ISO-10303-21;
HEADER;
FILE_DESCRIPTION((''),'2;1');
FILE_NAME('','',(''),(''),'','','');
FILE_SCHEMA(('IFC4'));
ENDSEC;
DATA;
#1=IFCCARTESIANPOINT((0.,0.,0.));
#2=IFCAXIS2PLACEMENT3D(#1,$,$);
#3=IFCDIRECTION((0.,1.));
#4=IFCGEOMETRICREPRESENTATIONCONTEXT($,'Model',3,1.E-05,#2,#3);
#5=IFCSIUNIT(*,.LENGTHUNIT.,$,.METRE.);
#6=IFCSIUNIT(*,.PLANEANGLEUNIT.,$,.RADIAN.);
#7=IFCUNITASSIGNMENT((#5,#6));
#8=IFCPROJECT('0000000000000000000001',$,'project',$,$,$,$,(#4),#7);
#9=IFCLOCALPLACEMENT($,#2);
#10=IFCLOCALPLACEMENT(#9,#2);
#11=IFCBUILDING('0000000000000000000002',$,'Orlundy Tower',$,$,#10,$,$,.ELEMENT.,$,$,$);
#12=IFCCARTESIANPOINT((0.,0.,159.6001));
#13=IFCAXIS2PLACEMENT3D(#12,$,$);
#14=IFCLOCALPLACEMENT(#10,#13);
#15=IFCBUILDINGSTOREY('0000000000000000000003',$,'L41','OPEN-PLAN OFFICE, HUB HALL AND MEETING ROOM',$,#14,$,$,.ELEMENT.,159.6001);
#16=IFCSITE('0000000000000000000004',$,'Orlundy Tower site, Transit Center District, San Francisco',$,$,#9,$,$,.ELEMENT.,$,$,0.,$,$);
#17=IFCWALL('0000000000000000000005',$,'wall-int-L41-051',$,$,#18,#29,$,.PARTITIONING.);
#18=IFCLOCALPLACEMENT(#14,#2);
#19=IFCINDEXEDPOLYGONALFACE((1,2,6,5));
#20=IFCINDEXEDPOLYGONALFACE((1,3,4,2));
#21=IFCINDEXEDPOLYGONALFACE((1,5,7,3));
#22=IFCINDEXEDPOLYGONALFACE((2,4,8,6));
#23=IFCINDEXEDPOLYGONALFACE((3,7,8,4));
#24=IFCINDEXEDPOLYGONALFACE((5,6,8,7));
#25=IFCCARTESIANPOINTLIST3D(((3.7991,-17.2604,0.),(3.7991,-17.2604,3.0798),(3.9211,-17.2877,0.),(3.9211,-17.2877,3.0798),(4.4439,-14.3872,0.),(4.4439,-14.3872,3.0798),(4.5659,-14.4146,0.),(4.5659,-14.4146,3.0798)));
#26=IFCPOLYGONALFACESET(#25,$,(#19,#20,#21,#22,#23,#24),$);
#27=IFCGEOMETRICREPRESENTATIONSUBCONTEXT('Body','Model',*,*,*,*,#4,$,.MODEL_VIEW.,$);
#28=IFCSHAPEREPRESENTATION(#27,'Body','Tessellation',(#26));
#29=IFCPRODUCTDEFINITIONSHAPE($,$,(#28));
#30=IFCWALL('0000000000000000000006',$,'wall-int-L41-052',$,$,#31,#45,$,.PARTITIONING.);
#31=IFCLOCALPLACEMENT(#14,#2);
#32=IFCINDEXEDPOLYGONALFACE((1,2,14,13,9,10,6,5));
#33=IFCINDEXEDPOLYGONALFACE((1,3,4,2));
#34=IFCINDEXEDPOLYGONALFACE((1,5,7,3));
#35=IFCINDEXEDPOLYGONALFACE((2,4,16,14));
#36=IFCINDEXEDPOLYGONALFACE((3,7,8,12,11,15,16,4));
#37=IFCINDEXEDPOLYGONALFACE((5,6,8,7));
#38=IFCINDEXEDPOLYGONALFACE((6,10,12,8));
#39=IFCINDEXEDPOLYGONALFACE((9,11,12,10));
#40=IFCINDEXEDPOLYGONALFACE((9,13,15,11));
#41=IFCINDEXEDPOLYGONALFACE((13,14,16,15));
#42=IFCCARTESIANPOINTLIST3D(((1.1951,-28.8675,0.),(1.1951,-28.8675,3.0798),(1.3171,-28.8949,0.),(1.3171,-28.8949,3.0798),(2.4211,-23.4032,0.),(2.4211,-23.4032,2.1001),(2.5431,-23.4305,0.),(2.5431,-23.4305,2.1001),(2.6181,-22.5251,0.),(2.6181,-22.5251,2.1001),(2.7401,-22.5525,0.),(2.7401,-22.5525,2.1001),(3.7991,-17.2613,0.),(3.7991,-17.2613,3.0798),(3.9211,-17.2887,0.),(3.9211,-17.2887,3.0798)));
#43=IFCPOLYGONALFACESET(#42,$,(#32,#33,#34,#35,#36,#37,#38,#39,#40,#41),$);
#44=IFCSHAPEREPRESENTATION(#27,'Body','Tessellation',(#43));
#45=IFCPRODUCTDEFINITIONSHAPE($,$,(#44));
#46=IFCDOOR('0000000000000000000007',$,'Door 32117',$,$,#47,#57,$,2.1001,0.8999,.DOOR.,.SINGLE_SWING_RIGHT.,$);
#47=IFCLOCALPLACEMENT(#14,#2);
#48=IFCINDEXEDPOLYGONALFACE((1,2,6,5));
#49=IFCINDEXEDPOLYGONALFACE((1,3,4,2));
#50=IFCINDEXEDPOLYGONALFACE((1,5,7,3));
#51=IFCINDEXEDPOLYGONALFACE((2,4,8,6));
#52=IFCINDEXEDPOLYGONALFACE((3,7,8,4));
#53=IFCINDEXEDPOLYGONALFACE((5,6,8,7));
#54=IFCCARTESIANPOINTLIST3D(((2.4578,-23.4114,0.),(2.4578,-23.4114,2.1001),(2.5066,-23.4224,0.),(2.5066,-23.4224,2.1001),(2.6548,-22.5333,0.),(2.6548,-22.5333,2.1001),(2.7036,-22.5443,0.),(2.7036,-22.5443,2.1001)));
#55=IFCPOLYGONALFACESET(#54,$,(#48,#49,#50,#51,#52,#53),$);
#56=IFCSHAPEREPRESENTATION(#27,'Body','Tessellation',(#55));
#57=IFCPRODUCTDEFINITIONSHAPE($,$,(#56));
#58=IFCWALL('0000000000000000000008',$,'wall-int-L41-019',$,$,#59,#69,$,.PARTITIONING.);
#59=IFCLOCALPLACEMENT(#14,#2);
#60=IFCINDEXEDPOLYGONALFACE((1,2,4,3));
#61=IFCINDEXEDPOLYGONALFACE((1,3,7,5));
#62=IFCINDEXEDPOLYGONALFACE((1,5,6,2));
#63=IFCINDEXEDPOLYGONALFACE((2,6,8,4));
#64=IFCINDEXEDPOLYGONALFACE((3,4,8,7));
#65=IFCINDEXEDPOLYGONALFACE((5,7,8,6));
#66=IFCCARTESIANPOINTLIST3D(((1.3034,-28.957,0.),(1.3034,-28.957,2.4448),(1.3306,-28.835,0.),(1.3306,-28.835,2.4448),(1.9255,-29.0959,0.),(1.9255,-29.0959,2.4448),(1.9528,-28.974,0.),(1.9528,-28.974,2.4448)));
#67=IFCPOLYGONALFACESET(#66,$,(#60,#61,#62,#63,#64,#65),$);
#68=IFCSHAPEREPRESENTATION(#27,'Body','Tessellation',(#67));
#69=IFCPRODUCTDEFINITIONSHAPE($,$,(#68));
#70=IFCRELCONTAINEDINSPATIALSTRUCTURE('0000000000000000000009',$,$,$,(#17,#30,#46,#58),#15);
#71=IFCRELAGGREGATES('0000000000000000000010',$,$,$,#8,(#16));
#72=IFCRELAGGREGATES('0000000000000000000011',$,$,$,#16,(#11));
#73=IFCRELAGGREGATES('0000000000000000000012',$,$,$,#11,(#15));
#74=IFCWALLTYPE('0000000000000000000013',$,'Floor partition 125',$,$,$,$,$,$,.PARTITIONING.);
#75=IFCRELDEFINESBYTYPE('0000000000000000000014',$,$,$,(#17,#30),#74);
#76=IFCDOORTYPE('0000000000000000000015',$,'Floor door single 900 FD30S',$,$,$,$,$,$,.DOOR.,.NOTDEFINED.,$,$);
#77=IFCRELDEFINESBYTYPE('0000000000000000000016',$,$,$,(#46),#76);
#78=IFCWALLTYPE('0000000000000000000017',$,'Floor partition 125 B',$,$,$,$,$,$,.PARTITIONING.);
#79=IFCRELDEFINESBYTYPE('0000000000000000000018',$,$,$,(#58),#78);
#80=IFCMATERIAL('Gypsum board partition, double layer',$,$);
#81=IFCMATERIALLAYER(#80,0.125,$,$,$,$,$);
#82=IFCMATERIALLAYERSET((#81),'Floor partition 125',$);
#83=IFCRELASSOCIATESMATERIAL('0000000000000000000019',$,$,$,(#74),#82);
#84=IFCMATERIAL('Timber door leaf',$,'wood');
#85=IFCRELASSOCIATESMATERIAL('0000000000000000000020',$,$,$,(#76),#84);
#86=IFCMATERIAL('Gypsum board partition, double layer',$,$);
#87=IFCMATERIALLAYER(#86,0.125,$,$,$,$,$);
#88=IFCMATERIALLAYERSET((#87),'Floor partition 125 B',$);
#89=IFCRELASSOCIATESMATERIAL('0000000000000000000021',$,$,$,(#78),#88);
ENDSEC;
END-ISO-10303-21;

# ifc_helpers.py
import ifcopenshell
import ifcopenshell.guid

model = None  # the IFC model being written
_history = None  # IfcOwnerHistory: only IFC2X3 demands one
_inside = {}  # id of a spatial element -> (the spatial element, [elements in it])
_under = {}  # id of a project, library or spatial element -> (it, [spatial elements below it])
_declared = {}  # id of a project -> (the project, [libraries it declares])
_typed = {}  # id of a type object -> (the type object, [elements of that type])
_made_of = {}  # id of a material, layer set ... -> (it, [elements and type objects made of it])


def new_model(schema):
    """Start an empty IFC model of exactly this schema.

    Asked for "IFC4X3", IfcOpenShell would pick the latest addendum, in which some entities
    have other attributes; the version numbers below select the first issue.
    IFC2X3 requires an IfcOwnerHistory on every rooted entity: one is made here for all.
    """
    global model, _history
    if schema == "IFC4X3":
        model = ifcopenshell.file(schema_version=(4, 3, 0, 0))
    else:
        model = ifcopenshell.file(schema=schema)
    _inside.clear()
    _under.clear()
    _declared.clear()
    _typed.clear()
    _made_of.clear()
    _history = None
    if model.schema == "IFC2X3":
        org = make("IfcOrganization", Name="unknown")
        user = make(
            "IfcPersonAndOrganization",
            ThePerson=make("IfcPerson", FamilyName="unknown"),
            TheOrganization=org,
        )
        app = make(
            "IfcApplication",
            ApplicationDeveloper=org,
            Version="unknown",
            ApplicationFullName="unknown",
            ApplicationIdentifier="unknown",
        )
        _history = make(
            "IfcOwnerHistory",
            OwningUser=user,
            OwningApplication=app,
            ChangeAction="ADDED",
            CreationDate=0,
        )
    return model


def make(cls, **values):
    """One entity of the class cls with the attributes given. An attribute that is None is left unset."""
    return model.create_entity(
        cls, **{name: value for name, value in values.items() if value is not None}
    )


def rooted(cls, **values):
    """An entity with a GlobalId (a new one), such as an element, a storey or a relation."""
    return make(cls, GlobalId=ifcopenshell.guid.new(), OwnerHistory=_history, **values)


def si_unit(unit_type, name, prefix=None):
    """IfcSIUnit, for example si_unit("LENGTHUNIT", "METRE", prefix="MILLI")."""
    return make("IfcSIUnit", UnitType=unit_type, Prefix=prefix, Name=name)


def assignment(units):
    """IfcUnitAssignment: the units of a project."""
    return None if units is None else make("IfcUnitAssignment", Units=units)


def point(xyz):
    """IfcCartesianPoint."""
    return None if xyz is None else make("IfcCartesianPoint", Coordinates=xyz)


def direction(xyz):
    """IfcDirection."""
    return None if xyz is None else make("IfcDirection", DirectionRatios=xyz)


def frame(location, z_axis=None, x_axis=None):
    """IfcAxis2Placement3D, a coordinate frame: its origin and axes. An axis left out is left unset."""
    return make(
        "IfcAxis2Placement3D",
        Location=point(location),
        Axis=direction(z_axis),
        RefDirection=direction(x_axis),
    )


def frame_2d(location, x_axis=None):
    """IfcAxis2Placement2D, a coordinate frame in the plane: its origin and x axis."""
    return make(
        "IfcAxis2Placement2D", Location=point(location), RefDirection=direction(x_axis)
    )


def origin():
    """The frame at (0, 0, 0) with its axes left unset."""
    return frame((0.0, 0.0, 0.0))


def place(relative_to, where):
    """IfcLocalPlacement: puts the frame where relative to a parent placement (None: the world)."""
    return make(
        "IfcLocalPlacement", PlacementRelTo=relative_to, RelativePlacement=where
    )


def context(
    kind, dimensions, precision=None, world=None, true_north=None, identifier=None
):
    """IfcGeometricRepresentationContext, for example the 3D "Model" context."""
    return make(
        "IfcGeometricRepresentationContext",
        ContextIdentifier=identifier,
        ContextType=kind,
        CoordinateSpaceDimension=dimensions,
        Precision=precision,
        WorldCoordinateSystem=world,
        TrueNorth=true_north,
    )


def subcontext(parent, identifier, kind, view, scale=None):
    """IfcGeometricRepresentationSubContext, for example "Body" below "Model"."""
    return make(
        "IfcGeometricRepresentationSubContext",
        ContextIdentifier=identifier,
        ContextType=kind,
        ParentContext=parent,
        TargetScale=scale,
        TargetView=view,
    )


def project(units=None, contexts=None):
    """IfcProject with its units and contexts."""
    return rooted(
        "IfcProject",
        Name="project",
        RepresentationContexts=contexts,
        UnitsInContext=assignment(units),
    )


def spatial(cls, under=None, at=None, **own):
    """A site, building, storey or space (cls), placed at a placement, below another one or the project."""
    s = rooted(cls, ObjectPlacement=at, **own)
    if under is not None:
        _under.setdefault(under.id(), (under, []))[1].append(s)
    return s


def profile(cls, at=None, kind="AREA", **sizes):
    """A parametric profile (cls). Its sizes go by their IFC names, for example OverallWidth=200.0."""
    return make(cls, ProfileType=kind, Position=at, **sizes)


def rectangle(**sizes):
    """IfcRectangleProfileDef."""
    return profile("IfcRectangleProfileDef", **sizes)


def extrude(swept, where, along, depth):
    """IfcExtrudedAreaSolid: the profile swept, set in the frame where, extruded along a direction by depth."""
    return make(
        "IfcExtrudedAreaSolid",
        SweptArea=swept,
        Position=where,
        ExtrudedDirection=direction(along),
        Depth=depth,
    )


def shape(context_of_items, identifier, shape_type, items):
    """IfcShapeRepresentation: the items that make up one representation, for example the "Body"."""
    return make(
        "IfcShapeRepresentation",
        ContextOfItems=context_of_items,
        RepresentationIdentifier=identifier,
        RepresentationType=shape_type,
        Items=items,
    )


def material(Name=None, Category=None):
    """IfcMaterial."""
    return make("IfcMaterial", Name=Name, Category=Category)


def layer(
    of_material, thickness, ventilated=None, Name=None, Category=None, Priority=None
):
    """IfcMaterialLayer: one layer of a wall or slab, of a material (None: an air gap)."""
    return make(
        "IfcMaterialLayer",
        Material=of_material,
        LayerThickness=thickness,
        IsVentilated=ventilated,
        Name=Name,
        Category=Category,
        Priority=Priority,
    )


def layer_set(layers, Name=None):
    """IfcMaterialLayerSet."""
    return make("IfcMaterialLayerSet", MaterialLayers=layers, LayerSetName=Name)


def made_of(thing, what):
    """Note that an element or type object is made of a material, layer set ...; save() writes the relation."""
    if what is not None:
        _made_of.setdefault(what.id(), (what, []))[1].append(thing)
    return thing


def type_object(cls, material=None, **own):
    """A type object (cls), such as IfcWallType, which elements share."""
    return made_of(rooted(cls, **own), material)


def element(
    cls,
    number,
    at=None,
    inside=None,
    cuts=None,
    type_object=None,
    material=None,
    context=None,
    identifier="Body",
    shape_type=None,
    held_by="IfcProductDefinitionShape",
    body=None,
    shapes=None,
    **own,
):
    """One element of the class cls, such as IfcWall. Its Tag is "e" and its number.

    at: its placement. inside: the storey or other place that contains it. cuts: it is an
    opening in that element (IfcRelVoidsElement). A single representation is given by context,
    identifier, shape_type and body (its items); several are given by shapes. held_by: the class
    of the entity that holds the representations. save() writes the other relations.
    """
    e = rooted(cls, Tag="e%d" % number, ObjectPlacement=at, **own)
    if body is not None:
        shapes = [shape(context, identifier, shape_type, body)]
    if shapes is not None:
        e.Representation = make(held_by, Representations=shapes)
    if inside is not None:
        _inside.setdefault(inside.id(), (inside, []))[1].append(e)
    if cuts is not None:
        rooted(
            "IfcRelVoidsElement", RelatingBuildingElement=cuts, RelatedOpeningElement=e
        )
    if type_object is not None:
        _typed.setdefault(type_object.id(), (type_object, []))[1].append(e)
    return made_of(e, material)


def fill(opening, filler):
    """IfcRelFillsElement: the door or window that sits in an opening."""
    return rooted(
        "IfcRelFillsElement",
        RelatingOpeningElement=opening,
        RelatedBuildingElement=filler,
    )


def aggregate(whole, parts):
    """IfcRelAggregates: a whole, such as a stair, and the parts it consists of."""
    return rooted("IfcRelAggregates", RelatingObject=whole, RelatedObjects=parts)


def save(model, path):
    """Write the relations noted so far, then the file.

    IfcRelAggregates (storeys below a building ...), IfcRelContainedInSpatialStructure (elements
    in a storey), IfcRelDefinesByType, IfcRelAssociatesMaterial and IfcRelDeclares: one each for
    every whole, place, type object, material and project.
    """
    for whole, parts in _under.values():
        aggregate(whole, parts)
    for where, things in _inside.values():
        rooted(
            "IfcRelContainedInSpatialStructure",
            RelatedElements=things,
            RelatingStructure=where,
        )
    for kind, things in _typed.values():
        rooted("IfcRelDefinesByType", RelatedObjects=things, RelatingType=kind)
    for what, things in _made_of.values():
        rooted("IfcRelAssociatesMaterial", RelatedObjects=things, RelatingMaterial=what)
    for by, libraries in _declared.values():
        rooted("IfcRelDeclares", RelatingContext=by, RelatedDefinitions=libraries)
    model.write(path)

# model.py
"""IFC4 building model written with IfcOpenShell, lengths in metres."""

from ifc_helpers import new_model, si_unit, direction, frame, frame_2d, origin, place, context, subcontext, project, spatial, rectangle, extrude, material, layer, layer_set, type_object, element, fill, save


model = new_model("IFC4")

# Units and contexts
model_context = context("Model", 3, precision=1e-05, world=origin(), true_north=direction((0.0, 1.0)))
body_context = subcontext(model_context, "Body", "Model", "MODEL_VIEW")
ifc_project = project(units=[si_unit("LENGTHUNIT", "METRE"), si_unit("PLANEANGLEUNIT", "RADIAN")], contexts=[model_context])

# Site, building, storey
site_placement = place(None, origin())
site = spatial("IfcSite", under=ifc_project, at=site_placement, Name="Orlundy Tower site, Transit Center District, San Francisco", CompositionType="ELEMENT", RefElevation=0.0)
building_placement = place(site_placement, origin())
building = spatial("IfcBuilding", under=site, at=building_placement, Name="Orlundy Tower", CompositionType="ELEMENT")
storey_placement = place(building_placement, frame((0.0, 0.0, 159.6001)))
storey = spatial("IfcBuildingStorey", under=building, at=storey_placement, Name="L41", Description="OPEN-PLAN OFFICE, HUB HALL AND MEETING ROOM", CompositionType="ELEMENT", Elevation=159.6001)

# Shared definitions
ifc_material_1 = material(Name="Gypsum board partition, double layer")
ifc_layer_1 = layer(ifc_material_1, 0.125)
ifc_layer_set_1 = layer_set([ifc_layer_1], Name="Floor partition 125")
wall_type_1 = type_object("IfcWallType", Name="Floor partition 125", PredefinedType="PARTITIONING", material=ifc_layer_set_1)
ifc_material_2 = material(Name="Timber door leaf", Category="wood")
door_type_1 = type_object("IfcDoorType", Name="Floor door single 900 FD30S", OperationType="NOTDEFINED", PredefinedType="DOOR", material=ifc_material_2)

# Wall
wall_1_placement = place(storey_placement, frame((3.8601, -17.2739, 0.0), z_axis=(0.0, 0.0, 1.0), x_axis=(0.218976, 0.97573, 0.0)))
element("IfcWall", 1, at=wall_1_placement, inside=storey, type_object=wall_type_1, Name="wall-int-L41-051", PredefinedType="PARTITIONING", context=body_context, shape_type="SweptSolid", body=[
    extrude(rectangle(XDim=2.9446, YDim=0.125, at=frame_2d((1.4722, 0.0))), origin(), (0.0, 0.0, 1.0), 3.0798),
])

# Wall, opening, door
wall_2_placement = place(storey_placement, frame((1.2561, -28.8811, 0.0), z_axis=(0.0, 0.0, 1.0), x_axis=(0.218921, 0.975743, 0.0)))
wall_2 = element("IfcWall", 2, at=wall_2_placement, inside=storey, type_object=wall_type_1, Name="wall-int-L41-052", PredefinedType="PARTITIONING", context=body_context, shape_type="SweptSolid", body=[
    extrude(rectangle(XDim=11.8948, YDim=0.125, at=frame_2d((5.9473, 0.0))), origin(), (0.0, 0.0, 1.0), 3.0798),
])
opening_1_placement = place(wall_2_placement, frame((5.6001, 0.0, 0.0)))
opening_1 = element("IfcOpeningElement", 3, at=opening_1_placement, cuts=wall_2, PredefinedType="OPENING", context=body_context, shape_type="SweptSolid", body=[
    extrude(rectangle(XDim=0.8999, YDim=2.1001, at=frame_2d((0.45, 1.05))), frame((0.0, 0.0725, 0.0), z_axis=(0.0, -1.0, 0.0), x_axis=(1.0, 0.0, 0.0)), (0.0, 0.0, 1.0), 0.145),
])
door_1_placement = place(opening_1_placement, origin())
door_1 = element("IfcDoor", 4, at=door_1_placement, inside=storey, type_object=door_type_1, Name="Door 32117", OperationType="SINGLE_SWING_RIGHT", OverallHeight=2.1001, OverallWidth=0.8999, PredefinedType="DOOR", context=body_context, shape_type="SweptSolid", body=[
    extrude(rectangle(XDim=0.8999, YDim=2.1001, at=frame_2d((0.45, 1.05))), frame((0.0, 0.0249, 0.0), z_axis=(0.0, -1.0, 0.0), x_axis=(1.0, 0.0, 0.0)), (0.0, 0.0, 1.0), 0.05),
])
fill(opening_1, door_1)

# Wall
ifc_material_3 = material(Name="Gypsum board partition, double layer")
ifc_layer_2 = layer(ifc_material_3, 0.125)
ifc_layer_set_2 = layer_set([ifc_layer_2], Name="Floor partition 125 B")
wall_type_2 = type_object("IfcWallType", Name="Floor partition 125 B", PredefinedType="PARTITIONING", material=ifc_layer_set_2)
wall_3_placement = place(storey_placement, frame((1.3169, -28.896, 0.0), z_axis=(0.0, 0.0, 1.0), x_axis=(0.975961, -0.217944, 0.0)))
element("IfcWall", 5, at=wall_3_placement, inside=storey, type_object=wall_type_2, Name="wall-int-L41-019", PredefinedType="PARTITIONING", context=body_context, shape_type="SweptSolid", body=[
    extrude(rectangle(XDim=0.6375, YDim=0.125, at=frame_2d((0.3188, 0.0))), origin(), (0.0, 0.0, 1.0), 2.4448),
])

save(model, "model.ifc")
